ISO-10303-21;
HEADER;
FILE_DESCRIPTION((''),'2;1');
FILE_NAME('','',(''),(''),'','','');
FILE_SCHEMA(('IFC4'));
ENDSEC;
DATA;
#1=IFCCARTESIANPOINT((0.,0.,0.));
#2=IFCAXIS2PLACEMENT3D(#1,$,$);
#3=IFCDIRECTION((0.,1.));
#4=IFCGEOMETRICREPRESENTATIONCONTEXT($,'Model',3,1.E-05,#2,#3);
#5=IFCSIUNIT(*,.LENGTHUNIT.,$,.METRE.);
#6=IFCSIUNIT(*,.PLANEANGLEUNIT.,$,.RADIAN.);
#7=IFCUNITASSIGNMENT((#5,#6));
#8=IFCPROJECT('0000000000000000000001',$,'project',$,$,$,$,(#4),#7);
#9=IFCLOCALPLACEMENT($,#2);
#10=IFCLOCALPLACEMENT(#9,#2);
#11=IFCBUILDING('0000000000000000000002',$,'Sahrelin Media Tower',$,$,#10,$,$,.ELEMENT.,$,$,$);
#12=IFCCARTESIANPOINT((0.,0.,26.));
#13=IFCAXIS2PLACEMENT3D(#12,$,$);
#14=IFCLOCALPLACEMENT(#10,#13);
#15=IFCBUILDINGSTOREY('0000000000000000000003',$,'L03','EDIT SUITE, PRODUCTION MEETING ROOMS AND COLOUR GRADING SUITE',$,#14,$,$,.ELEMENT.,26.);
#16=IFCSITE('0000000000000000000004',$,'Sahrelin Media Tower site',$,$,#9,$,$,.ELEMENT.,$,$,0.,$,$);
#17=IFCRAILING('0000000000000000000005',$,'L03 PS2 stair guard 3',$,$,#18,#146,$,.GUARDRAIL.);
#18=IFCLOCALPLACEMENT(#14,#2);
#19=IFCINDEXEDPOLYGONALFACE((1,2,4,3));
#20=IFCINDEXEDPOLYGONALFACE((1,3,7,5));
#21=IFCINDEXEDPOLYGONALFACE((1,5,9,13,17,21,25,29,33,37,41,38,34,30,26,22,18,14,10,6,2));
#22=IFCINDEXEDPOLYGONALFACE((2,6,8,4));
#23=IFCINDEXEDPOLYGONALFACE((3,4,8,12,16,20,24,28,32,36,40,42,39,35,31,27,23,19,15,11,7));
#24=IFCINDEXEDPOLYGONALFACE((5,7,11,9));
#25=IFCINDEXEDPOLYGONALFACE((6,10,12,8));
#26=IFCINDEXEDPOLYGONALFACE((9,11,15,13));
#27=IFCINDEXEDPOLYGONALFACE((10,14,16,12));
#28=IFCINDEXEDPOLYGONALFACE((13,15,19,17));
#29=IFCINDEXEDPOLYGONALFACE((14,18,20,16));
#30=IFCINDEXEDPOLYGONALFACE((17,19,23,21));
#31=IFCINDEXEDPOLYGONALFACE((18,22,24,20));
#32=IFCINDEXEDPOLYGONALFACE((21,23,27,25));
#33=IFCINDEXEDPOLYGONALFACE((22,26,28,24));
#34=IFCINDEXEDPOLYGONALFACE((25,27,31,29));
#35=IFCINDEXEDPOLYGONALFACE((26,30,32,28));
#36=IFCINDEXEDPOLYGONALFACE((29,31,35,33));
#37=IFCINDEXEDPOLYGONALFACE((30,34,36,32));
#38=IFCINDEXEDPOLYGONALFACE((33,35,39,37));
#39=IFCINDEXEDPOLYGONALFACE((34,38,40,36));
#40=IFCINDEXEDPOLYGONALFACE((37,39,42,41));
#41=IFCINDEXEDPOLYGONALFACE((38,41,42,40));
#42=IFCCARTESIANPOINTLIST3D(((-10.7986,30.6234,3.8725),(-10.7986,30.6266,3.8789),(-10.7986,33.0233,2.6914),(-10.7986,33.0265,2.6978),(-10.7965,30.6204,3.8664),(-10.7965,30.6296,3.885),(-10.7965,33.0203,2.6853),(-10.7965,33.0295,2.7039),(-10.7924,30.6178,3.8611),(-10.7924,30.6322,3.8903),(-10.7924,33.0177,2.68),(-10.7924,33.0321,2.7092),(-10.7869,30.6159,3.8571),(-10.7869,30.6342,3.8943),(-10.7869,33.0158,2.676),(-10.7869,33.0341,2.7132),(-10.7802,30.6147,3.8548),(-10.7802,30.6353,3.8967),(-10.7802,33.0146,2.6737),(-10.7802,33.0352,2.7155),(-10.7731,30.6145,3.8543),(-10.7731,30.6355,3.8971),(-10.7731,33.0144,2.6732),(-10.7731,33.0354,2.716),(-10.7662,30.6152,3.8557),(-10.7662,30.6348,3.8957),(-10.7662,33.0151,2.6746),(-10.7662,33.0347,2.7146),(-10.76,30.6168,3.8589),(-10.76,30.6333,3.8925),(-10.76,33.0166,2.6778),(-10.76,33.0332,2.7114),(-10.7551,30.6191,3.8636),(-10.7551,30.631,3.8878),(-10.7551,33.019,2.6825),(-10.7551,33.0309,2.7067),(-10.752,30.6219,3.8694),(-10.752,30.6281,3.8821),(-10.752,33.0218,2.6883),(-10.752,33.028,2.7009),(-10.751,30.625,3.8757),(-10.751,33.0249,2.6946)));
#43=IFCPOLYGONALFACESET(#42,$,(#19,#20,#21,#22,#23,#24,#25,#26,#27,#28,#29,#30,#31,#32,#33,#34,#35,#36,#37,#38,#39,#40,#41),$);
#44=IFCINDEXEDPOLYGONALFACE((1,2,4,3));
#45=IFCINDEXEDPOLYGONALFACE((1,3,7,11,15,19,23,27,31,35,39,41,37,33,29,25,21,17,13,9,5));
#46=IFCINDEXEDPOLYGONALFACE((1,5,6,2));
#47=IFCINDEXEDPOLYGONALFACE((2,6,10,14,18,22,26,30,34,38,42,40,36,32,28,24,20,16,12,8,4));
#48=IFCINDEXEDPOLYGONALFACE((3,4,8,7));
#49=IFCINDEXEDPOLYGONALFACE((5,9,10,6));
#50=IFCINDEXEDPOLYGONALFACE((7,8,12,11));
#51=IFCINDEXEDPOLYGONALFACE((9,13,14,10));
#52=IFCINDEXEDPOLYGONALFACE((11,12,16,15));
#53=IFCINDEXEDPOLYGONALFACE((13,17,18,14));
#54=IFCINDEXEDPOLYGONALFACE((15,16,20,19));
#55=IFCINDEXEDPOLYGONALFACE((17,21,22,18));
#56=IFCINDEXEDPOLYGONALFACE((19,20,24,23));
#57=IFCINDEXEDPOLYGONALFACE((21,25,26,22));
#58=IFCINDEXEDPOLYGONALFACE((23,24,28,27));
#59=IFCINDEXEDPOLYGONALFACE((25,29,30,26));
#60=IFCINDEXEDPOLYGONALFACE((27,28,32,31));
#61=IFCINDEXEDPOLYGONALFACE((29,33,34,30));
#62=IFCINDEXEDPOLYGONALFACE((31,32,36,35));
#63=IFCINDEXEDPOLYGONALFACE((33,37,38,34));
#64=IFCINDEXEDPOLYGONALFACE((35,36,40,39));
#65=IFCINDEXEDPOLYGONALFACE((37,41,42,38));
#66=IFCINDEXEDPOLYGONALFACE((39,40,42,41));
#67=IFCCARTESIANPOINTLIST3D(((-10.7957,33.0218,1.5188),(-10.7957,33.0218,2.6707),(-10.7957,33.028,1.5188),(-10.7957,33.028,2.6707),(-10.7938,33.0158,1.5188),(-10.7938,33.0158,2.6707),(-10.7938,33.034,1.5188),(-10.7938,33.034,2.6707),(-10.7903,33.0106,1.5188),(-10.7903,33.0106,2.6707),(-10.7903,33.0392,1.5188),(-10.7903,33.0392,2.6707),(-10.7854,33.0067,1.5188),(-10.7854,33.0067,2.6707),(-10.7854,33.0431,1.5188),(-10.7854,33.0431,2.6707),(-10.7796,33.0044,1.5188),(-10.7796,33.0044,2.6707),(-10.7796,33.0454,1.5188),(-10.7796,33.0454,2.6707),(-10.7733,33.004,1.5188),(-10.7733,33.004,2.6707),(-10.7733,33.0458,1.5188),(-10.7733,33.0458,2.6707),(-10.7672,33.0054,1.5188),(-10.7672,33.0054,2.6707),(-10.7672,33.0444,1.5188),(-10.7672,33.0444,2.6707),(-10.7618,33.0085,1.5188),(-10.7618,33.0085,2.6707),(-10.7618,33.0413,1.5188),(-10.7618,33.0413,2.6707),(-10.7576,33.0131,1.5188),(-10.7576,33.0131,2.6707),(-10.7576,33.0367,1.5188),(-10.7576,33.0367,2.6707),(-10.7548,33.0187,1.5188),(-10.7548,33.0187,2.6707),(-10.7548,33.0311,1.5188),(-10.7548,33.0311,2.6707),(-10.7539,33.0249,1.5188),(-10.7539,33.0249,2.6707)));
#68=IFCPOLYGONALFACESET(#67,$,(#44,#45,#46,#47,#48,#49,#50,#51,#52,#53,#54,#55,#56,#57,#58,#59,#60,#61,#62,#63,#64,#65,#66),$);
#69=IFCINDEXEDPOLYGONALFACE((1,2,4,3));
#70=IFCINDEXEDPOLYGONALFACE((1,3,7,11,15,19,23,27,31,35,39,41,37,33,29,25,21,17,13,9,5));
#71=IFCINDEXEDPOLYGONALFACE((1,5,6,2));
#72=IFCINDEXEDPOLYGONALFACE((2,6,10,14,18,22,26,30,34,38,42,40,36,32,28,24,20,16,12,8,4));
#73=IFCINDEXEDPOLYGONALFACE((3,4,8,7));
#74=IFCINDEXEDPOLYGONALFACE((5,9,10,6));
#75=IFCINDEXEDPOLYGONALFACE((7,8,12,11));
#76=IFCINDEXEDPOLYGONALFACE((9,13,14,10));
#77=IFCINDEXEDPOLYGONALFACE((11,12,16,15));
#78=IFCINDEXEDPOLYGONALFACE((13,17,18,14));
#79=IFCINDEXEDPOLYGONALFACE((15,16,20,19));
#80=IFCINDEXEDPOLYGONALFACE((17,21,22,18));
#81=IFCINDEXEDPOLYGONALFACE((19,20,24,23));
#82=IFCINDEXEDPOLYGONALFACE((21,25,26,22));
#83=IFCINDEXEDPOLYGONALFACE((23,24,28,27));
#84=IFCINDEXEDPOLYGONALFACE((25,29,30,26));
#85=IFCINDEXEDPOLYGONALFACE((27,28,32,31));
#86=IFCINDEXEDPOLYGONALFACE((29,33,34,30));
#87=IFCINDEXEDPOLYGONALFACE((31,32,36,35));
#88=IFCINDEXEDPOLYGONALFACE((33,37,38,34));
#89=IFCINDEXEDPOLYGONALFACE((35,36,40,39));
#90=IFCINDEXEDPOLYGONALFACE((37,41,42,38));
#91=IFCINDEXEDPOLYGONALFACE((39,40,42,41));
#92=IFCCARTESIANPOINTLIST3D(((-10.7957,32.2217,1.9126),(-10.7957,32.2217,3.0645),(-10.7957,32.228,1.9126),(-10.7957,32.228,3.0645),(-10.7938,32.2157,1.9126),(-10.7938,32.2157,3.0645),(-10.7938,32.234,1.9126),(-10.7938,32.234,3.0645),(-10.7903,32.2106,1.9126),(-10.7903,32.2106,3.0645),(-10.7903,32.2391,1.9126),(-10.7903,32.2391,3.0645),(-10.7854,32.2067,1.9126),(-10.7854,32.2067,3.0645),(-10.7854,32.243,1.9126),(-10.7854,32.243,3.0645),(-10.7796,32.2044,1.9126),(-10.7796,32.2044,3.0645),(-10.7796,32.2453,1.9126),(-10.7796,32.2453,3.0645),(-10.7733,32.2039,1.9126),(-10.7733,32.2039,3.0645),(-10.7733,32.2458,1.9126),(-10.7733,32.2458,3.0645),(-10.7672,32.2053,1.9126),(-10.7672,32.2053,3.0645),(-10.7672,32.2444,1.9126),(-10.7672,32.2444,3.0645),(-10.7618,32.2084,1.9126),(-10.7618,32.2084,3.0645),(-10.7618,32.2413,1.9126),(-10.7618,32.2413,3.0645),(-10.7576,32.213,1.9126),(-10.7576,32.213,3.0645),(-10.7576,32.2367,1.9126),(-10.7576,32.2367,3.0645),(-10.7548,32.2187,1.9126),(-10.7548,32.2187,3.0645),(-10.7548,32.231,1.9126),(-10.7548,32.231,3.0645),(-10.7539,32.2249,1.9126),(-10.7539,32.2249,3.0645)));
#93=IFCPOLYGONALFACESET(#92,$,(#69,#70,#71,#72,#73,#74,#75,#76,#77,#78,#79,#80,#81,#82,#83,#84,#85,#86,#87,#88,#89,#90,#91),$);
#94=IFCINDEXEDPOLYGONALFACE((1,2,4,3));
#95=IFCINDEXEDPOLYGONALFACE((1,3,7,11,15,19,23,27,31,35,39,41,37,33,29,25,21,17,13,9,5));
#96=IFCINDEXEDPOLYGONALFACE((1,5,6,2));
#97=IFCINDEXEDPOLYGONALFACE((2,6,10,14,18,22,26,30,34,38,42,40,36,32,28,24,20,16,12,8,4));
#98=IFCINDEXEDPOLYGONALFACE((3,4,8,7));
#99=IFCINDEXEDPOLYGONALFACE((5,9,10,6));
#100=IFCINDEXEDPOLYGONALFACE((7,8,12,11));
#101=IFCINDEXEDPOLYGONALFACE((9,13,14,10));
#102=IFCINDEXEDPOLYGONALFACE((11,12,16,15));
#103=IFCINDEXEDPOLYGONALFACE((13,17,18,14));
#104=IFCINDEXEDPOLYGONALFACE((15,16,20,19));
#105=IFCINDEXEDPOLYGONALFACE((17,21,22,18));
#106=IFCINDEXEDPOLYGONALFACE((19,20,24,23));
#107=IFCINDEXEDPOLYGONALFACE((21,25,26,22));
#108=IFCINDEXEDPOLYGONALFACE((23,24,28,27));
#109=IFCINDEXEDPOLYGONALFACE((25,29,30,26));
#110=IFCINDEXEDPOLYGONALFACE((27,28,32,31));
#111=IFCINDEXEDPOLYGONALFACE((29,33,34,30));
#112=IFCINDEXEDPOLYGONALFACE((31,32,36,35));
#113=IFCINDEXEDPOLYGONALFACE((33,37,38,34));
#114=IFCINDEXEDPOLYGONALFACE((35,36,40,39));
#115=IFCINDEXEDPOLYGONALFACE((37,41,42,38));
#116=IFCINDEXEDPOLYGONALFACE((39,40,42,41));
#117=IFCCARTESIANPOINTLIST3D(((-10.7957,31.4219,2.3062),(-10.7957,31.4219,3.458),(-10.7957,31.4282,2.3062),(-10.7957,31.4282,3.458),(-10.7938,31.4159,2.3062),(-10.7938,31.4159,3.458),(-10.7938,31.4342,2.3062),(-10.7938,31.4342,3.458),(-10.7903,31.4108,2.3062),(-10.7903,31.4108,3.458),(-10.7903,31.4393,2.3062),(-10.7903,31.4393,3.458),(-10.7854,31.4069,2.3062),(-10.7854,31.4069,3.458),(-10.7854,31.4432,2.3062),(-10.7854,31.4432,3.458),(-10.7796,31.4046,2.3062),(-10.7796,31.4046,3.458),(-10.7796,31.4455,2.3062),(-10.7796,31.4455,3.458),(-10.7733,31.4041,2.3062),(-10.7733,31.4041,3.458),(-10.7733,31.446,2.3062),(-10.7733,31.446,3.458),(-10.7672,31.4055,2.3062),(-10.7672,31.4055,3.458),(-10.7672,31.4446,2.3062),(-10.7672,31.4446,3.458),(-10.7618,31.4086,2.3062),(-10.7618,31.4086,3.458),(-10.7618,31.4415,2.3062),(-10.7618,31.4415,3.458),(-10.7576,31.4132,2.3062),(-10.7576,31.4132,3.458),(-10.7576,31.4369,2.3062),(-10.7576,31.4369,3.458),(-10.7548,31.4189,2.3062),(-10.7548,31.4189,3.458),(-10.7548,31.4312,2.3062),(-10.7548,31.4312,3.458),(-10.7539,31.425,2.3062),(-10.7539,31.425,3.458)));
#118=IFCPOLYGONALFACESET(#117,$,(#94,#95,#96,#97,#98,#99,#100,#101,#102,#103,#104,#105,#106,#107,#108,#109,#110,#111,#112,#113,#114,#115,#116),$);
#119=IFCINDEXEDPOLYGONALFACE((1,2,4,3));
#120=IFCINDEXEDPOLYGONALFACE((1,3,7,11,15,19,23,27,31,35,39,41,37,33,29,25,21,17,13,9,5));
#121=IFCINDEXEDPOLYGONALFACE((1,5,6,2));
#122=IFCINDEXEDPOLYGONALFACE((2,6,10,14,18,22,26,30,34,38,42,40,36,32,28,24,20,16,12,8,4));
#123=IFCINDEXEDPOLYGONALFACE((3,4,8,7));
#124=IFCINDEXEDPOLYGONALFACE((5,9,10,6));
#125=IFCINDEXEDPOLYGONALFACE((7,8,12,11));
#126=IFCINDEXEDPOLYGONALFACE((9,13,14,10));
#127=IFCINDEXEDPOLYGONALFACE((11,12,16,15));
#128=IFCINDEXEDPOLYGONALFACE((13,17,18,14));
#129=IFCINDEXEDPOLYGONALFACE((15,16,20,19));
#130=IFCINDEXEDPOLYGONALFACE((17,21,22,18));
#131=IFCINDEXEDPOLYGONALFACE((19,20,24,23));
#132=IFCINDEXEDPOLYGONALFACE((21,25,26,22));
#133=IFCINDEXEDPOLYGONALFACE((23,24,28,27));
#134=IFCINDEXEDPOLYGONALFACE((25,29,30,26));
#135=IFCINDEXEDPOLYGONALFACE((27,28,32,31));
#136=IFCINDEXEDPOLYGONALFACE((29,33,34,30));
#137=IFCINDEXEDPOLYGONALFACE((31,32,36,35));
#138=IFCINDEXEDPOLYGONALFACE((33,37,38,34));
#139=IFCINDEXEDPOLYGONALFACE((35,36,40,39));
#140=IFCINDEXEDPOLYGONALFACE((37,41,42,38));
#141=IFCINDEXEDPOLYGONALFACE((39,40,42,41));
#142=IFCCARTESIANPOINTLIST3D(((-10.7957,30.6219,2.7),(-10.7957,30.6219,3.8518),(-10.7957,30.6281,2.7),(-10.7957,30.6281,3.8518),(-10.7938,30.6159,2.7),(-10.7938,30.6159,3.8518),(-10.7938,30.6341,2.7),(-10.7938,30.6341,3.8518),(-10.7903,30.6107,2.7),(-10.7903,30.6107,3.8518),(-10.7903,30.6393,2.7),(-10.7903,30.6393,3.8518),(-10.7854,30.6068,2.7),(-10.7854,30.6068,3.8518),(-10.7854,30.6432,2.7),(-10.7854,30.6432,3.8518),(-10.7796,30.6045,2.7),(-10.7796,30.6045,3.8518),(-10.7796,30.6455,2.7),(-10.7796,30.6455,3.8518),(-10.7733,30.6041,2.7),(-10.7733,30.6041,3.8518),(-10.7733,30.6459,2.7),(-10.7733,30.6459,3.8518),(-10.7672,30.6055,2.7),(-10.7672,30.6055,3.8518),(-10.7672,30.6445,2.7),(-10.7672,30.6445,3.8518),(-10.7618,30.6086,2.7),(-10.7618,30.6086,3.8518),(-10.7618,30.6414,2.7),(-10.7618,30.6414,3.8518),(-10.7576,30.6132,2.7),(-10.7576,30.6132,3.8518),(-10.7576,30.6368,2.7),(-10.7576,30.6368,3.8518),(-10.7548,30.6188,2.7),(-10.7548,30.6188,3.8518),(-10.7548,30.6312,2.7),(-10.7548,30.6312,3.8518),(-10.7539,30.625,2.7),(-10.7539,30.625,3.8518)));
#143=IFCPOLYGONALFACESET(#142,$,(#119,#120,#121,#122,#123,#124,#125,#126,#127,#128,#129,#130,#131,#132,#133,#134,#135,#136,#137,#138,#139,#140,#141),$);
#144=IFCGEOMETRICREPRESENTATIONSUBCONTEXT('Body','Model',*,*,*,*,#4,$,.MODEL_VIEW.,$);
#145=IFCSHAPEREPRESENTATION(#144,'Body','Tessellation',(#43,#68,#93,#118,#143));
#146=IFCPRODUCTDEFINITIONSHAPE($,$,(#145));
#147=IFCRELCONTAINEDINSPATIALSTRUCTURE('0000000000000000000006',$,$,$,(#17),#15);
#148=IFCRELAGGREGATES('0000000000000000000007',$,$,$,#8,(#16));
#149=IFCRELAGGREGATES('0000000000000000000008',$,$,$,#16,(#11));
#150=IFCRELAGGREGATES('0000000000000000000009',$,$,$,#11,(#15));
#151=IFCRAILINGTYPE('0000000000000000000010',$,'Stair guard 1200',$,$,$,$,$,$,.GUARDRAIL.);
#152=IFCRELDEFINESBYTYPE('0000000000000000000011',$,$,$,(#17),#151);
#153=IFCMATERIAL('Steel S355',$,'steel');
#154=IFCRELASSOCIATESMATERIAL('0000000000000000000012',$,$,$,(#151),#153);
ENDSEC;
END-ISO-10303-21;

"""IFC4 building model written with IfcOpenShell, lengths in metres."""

from ifc_helpers import new_model, si_unit, direction, frame, origin, origin_2d, place, context, subcontext, project, spatial, circle, extrude, material, type_object, element, save


model = new_model("IFC4")

# Units and contexts
model_context = context("Model", 3, precision=1e-05, world=origin(), true_north=direction((0.0, 1.0)))
body_context = subcontext(model_context, "Body", "Model", "MODEL_VIEW")
ifc_project = project(units=[si_unit("LENGTHUNIT", "METRE"), si_unit("PLANEANGLEUNIT", "RADIAN")], contexts=[model_context])

# Site, building, storey
site_placement = place(None, origin())
site = spatial("IfcSite", under=ifc_project, at=site_placement, Name="Sahrelin Media Tower site", CompositionType="ELEMENT", RefElevation=0.0)
building_placement = place(site_placement, origin())
building = spatial("IfcBuilding", under=site, at=building_placement, Name="Sahrelin Media Tower", CompositionType="ELEMENT")
storey_placement = place(building_placement, frame((0.0, 0.0, 26.0)))
storey = spatial("IfcBuildingStorey", under=building, at=storey_placement, Name="L03", Description="EDIT SUITE, PRODUCTION MEETING ROOMS AND COLOUR GRADING SUITE", CompositionType="ELEMENT", Elevation=26.0)

# Shared definitions
ifc_material_1 = material(Name="Steel S355", Category="steel")

# Railing
railing_type_1 = type_object("IfcRailingType", Name="Stair guard 1200", PredefinedType="GUARDRAIL", material=ifc_material_1)
railing_1_placement = place(storey_placement, frame((-10.7749, 33.0249, 1.5188)))
element("IfcRailing", 1, at=railing_1_placement, inside=storey, type_object=railing_type_1, Name="L03 PS2 stair guard 3", PredefinedType="GUARDRAIL", context=body_context, shape_type="SweptSolid", body=[
    extrude(circle(Radius=0.0239, at=origin_2d()), frame((0.0, 0.0, 1.1758), z_axis=(0.0, -0.897221, 0.441582), x_axis=(1.0, 0.0, 0.0)), (0.0, 0.0, 1.0), 2.6748),
    extrude(circle(Radius=0.021, at=origin_2d()), origin(), (0.0, 0.0, 1.0), 1.1519),
    extrude(circle(Radius=0.021, at=origin_2d()), frame((0.0, -0.8, 0.3938)), (0.0, 0.0, 1.0), 1.1519),
    extrude(circle(Radius=0.021, at=origin_2d()), frame((0.0, -1.5999, 0.7874)), (0.0, 0.0, 1.0), 1.1519),
    extrude(circle(Radius=0.021, at=origin_2d()), frame((0.0, -2.3999, 1.1812)), (0.0, 0.0, 1.0), 1.1519),
])

save(model, "model.ifc")
